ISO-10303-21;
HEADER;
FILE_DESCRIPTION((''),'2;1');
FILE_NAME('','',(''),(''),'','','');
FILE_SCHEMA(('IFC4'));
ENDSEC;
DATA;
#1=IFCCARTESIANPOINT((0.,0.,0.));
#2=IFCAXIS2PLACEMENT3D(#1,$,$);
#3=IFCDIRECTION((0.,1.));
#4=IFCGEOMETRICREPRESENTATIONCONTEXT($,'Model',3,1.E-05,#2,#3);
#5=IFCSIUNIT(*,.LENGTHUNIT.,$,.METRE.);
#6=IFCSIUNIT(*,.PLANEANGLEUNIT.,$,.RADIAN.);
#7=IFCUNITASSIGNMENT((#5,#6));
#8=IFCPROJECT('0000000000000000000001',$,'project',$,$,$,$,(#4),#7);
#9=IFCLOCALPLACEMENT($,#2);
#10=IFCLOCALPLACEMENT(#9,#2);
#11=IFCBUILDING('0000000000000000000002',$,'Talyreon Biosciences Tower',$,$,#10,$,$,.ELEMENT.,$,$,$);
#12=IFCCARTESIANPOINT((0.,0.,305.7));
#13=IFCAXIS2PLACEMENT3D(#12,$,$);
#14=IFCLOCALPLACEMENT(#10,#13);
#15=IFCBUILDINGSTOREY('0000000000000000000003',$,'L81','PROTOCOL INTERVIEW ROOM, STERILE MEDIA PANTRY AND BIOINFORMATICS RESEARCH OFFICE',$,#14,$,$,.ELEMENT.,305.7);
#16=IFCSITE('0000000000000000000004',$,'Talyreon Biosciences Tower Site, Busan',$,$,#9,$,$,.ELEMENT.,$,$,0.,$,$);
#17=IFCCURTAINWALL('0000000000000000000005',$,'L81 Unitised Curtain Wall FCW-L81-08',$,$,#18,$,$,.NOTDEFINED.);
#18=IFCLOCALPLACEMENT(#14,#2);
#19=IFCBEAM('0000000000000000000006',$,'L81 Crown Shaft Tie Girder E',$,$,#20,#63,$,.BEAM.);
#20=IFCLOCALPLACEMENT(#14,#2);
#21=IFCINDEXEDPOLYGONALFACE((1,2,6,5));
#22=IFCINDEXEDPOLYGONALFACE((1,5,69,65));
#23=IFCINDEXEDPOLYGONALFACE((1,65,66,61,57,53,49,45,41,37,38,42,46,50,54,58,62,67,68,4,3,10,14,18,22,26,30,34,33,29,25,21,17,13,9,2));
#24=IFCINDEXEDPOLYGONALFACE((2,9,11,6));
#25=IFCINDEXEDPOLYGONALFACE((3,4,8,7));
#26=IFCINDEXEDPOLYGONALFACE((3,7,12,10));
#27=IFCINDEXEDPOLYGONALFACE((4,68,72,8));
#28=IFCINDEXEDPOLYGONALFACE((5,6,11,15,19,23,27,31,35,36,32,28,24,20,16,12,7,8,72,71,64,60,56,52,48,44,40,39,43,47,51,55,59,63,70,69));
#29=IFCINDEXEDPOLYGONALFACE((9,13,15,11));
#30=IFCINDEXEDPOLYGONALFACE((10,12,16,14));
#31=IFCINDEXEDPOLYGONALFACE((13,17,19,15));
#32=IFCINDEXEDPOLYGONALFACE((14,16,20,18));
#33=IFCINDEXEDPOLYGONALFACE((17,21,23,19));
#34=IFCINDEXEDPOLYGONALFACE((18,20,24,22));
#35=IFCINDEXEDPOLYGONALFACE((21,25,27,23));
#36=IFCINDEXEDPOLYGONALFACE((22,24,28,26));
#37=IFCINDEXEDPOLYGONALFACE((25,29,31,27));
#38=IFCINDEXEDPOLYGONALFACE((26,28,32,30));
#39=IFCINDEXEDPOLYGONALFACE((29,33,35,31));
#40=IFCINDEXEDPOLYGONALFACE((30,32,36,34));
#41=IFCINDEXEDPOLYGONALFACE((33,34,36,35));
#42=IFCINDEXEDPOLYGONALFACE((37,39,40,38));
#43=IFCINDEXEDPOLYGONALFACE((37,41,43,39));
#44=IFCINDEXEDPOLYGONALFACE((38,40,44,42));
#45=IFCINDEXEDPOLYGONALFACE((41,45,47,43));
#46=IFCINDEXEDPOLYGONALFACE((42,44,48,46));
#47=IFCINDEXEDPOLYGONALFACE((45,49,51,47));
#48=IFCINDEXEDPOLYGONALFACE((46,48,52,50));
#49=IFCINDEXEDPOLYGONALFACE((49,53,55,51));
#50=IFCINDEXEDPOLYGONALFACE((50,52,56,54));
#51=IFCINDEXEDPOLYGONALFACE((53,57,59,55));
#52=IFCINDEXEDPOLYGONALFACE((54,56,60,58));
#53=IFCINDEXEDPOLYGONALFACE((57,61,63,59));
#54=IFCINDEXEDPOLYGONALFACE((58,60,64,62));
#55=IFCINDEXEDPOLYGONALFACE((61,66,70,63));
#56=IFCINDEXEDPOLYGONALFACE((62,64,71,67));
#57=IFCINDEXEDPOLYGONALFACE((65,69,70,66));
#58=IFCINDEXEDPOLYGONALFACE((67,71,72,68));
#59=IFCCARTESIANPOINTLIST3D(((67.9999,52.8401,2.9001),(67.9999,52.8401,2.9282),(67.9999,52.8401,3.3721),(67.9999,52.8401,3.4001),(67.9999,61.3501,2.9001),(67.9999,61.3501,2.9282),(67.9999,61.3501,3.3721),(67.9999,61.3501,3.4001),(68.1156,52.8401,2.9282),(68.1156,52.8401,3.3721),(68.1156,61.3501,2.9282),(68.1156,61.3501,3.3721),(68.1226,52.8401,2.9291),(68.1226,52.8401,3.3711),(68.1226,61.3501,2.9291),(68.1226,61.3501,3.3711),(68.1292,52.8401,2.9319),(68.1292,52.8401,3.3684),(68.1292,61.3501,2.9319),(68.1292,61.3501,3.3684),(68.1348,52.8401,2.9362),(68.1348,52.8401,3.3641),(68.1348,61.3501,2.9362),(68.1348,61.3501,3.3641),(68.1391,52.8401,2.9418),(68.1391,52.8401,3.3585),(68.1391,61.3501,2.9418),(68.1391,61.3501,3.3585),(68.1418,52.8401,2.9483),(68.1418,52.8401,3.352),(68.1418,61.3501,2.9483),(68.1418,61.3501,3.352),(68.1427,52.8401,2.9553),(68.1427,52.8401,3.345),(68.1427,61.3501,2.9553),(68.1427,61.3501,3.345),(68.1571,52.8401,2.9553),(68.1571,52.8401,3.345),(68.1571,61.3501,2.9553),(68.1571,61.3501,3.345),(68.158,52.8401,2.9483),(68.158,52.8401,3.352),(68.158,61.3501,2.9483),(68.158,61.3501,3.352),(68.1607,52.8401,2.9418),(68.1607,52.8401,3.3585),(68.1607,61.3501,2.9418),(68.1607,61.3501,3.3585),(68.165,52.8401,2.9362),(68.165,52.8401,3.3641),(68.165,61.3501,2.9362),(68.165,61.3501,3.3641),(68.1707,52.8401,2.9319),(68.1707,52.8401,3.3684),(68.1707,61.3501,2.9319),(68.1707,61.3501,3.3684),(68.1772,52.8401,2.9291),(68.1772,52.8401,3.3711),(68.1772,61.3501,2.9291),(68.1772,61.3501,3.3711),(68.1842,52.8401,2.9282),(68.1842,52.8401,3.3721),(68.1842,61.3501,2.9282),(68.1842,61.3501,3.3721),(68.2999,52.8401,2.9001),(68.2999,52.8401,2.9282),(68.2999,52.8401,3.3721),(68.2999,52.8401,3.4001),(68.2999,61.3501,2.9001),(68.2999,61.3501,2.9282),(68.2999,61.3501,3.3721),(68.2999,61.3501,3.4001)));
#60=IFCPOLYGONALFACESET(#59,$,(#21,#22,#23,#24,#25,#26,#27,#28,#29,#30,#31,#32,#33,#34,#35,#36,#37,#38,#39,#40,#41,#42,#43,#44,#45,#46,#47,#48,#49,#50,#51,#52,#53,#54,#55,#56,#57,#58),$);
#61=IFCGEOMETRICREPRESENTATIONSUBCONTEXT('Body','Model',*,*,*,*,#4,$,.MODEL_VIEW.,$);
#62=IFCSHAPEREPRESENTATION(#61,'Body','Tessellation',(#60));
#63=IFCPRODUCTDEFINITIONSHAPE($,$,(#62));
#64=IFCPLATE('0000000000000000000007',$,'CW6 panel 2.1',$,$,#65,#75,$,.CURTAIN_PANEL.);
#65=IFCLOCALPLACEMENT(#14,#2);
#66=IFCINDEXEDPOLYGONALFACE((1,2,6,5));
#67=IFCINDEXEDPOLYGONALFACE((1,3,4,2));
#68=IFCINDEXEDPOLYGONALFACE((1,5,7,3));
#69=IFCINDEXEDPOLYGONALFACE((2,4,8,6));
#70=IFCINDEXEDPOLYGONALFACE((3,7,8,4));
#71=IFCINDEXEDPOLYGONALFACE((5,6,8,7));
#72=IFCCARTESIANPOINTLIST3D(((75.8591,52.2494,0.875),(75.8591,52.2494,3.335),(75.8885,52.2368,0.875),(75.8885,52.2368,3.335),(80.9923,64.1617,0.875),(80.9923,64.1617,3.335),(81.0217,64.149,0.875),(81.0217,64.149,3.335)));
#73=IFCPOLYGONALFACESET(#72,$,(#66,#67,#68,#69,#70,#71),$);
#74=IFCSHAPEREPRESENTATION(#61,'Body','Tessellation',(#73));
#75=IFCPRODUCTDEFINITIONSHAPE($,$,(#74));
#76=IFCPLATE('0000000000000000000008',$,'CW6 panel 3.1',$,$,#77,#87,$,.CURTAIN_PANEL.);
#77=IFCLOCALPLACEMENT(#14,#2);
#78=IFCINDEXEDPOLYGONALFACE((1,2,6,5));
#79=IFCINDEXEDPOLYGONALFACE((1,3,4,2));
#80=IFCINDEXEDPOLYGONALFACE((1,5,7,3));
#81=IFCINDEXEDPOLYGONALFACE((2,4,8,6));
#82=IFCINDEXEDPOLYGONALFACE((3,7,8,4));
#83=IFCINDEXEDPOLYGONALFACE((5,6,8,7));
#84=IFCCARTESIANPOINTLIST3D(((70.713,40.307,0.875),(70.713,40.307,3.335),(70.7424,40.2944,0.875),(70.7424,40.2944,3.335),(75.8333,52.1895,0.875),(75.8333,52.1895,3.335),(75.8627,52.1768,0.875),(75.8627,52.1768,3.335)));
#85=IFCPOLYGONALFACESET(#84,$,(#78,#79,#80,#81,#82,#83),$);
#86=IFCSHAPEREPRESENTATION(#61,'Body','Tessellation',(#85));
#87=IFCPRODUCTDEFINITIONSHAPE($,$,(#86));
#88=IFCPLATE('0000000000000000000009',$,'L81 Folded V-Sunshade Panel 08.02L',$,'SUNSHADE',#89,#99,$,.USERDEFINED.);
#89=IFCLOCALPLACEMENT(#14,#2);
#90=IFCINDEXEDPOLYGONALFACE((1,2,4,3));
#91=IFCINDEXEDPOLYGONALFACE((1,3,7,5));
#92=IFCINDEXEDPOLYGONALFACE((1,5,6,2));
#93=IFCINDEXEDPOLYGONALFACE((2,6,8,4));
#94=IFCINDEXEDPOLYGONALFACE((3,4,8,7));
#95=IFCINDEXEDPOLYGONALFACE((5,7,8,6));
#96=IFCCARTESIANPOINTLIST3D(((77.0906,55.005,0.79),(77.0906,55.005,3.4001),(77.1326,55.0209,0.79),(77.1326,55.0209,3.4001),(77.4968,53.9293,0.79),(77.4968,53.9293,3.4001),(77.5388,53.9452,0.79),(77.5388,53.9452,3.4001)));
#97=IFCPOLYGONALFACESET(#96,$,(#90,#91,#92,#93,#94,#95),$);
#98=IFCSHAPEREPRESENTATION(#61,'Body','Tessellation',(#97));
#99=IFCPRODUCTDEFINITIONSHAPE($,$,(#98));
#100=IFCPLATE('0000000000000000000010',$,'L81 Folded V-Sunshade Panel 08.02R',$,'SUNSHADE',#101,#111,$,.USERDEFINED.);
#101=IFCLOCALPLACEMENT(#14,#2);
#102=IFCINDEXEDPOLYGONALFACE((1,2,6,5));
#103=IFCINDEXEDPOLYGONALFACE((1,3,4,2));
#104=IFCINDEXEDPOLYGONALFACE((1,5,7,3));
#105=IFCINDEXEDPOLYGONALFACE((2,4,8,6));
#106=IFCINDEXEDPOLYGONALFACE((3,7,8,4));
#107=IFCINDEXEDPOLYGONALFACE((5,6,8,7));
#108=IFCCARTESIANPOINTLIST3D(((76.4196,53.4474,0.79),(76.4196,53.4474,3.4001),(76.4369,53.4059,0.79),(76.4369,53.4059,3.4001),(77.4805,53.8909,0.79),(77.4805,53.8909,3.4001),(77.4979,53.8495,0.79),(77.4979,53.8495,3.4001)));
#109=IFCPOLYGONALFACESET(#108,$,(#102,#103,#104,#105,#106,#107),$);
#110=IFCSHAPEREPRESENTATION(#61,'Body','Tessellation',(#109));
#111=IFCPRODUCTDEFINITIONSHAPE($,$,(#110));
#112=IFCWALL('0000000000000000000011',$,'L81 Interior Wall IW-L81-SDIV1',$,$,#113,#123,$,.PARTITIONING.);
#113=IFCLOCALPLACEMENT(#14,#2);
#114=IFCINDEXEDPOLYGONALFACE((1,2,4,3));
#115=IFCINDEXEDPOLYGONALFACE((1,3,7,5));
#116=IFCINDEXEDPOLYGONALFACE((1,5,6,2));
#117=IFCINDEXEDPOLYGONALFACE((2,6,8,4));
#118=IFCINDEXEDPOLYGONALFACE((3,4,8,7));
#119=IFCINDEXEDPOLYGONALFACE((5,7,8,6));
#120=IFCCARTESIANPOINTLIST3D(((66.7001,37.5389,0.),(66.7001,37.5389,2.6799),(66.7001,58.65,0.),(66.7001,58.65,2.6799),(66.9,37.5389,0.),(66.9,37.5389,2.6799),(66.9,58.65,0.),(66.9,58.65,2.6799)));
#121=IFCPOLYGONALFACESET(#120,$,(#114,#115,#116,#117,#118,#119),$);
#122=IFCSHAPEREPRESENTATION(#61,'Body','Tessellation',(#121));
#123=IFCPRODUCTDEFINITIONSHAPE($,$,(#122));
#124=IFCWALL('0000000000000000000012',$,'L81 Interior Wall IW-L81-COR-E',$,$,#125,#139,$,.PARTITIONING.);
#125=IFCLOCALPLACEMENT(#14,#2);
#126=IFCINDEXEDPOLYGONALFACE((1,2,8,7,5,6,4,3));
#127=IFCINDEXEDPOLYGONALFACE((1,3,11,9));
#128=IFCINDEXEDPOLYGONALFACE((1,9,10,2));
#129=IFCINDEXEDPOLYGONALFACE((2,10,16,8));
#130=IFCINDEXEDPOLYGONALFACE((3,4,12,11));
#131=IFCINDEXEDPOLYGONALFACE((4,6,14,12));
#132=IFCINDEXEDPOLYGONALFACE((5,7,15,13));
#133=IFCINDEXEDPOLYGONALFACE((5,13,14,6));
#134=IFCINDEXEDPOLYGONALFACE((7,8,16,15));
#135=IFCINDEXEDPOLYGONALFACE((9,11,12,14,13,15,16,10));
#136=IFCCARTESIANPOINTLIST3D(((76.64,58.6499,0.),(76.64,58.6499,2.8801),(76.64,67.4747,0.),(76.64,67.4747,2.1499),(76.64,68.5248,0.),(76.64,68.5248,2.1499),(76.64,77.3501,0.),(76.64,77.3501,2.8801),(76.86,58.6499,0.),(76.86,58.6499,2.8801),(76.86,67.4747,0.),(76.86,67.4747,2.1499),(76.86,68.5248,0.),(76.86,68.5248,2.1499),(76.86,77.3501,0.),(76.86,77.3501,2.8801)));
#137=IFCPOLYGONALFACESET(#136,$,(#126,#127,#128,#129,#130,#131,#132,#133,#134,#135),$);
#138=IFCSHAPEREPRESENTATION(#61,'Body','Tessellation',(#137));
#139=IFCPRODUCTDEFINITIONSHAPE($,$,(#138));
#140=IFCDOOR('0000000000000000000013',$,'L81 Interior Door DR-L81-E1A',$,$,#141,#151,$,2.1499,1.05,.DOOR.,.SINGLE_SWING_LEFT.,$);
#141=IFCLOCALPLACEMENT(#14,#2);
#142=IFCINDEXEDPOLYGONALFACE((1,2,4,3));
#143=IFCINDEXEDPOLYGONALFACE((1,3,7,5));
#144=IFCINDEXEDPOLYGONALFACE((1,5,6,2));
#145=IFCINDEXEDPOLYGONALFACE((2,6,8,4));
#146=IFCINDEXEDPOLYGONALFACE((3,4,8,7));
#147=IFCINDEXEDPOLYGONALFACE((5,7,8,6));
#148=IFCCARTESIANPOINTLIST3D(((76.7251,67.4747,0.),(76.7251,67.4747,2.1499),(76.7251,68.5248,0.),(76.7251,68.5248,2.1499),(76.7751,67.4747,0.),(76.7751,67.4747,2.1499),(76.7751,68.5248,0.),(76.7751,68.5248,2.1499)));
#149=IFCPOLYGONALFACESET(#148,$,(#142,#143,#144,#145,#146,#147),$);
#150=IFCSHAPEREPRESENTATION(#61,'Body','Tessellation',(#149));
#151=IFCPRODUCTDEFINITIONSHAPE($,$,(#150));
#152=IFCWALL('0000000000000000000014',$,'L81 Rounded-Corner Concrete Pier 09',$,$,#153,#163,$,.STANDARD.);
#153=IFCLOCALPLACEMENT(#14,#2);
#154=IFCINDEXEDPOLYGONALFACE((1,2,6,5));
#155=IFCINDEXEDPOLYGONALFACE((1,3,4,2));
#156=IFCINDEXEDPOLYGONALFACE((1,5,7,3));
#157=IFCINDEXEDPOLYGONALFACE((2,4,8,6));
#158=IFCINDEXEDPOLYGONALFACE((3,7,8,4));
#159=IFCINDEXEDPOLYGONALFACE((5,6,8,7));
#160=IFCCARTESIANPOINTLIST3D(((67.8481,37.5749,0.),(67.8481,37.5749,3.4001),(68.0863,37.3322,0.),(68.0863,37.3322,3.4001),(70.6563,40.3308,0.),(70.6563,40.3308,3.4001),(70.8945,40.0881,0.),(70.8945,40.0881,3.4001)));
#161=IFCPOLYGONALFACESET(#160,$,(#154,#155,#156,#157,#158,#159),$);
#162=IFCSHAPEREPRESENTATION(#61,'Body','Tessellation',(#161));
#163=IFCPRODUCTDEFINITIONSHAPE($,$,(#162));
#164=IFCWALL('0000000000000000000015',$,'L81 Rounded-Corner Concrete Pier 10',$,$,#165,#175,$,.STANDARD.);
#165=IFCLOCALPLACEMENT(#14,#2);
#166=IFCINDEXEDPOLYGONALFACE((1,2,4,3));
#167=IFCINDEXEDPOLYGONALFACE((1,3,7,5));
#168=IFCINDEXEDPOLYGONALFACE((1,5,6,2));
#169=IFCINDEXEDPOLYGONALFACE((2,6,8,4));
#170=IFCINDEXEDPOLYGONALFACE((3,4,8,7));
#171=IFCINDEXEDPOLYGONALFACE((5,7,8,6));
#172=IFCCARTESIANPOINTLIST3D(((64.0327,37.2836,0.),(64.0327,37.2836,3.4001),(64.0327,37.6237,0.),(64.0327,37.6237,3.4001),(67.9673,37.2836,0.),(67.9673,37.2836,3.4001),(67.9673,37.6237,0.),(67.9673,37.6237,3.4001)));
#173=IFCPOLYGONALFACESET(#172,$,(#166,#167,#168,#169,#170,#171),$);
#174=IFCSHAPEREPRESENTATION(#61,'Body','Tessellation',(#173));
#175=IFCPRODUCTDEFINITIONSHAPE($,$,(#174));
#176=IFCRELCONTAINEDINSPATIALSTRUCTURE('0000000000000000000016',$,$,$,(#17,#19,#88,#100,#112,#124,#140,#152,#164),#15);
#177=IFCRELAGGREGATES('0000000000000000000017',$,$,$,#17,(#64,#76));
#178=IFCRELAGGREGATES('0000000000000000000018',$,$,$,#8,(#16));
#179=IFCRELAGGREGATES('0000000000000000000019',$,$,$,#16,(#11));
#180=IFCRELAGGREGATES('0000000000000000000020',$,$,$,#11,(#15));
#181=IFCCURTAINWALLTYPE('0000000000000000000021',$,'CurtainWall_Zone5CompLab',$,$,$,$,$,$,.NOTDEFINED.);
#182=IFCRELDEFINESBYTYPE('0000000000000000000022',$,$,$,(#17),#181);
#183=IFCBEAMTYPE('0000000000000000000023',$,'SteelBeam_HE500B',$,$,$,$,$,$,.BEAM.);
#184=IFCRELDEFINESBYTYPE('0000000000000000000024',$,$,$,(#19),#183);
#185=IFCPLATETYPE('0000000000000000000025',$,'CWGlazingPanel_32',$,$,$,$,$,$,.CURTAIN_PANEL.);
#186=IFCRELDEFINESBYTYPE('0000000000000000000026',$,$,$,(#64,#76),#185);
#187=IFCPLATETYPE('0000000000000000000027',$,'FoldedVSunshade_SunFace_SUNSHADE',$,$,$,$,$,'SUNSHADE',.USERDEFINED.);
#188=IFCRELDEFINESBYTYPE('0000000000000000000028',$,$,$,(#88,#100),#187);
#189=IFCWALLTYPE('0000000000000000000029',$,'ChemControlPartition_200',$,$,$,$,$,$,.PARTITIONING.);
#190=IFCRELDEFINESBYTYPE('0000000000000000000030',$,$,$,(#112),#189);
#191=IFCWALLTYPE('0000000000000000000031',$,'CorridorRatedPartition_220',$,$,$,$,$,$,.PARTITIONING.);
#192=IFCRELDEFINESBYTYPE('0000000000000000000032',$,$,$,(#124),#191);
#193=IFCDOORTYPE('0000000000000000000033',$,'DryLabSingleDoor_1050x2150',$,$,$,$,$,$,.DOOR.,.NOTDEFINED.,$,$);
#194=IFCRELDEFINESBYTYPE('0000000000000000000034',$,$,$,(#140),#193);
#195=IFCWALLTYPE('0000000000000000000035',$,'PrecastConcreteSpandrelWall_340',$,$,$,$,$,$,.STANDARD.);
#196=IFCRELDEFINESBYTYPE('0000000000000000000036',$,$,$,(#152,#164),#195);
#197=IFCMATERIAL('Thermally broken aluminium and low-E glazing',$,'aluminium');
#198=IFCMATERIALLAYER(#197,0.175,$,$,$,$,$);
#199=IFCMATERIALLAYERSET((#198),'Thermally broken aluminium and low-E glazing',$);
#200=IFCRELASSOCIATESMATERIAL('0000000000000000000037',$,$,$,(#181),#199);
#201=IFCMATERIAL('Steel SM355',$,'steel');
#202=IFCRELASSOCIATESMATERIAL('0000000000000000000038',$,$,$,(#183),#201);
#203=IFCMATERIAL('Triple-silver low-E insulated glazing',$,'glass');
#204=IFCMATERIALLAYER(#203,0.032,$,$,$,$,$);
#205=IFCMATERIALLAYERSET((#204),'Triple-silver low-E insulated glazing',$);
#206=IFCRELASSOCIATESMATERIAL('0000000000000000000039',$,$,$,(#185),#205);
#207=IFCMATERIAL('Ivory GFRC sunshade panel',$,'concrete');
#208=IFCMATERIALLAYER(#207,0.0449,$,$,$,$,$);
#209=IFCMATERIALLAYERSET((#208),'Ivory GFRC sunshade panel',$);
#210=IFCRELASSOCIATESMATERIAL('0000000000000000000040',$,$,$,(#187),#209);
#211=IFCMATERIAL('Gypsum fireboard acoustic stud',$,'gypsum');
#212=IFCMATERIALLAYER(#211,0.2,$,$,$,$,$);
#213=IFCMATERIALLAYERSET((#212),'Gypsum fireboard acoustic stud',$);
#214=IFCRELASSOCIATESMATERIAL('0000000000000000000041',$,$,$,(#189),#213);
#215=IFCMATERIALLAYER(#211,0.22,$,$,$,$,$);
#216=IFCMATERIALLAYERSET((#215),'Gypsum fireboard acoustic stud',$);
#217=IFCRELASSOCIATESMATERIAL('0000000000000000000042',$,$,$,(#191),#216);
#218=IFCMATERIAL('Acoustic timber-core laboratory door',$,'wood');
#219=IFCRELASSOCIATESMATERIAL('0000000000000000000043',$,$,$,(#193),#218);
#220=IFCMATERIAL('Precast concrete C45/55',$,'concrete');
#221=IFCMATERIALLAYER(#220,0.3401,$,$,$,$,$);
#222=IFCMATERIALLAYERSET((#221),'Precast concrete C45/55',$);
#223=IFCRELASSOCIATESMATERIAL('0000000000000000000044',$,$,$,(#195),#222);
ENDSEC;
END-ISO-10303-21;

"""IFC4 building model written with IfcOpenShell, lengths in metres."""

from ifc_helpers import new_model, si_unit, direction, frame, frame_2d, origin, origin_2d, place, context, subcontext, project, spatial, rectangle, i_section, extrude, material, layer, layer_set, material_profile, profile_set, type_object, element, fill, aggregate, save


model = new_model("IFC4")

# Units and contexts
model_context = context("Model", 3, precision=1e-05, world=origin(), true_north=direction((0.0, 1.0)))
body_context = subcontext(model_context, "Body", "Model", "MODEL_VIEW")
ifc_project = project(units=[si_unit("LENGTHUNIT", "METRE"), si_unit("PLANEANGLEUNIT", "RADIAN")], contexts=[model_context])

# Site, building, storey
site_placement = place(None, origin())
site = spatial("IfcSite", under=ifc_project, at=site_placement, Name="Talyreon Biosciences Tower Site, Busan", CompositionType="ELEMENT", RefElevation=0.0)
building_placement = place(site_placement, origin())
building = spatial("IfcBuilding", under=site, at=building_placement, Name="Talyreon Biosciences Tower", CompositionType="ELEMENT")
storey_placement = place(building_placement, frame((0.0, 0.0, 305.7)))
storey = spatial("IfcBuildingStorey", under=building, at=storey_placement, Name="L81", Description="PROTOCOL INTERVIEW ROOM, STERILE MEDIA PANTRY AND BIOINFORMATICS RESEARCH OFFICE", CompositionType="ELEMENT", Elevation=305.7)

# Shared definitions
ifc_material_1 = material(Name="Precast concrete C45/55", Category="concrete")

# Curtain wall
ifc_material_2 = material(Name="Thermally broken aluminium and low-E glazing", Category="aluminium")
ifc_layer_1 = layer(ifc_material_2, 0.175)
ifc_layer_set_1 = layer_set([ifc_layer_1], Name="Thermally broken aluminium and low-E glazing")
curtain_wall_type = type_object("IfcCurtainWallType", Name="CurtainWall_Zone5CompLab", PredefinedType="NOTDEFINED", material=ifc_layer_set_1)
curtain_wall_placement = place(storey_placement, origin())
curtain_wall = element("IfcCurtainWall", 1, at=curtain_wall_placement, inside=storey, type_object=curtain_wall_type, Name="L81 Unitised Curtain Wall FCW-L81-08", PredefinedType="NOTDEFINED")

# Beam
ifc_material_3 = material(Name="Steel SM355", Category="steel")
ifc_material_profile_1 = material_profile(ifc_material_3, i_section(OverallWidth=0.3, OverallDepth=0.5, WebThickness=0.0144, FlangeThickness=0.0281, FilletRadius=0.0271, at=origin_2d()), Name="HE500B")
ifc_profile_set_1 = profile_set([ifc_material_profile_1], Name="Steel SM355")
beam_type_1 = type_object("IfcBeamType", Name="SteelBeam_HE500B", PredefinedType="BEAM", material=ifc_profile_set_1)
beam_1_placement = place(storey_placement, frame((68.1499, 52.8401, 3.1501), z_axis=(0.0, 1.0, 0.0), x_axis=(-1.0, 0.0, 0.0)))
element("IfcBeam", 2, at=beam_1_placement, inside=storey, type_object=beam_type_1, Name="L81 Crown Shaft Tie Girder E", PredefinedType="BEAM", context=body_context, shape_type="SweptSolid", body=[
    extrude(i_section(OverallWidth=0.3, OverallDepth=0.5, WebThickness=0.0144, FlangeThickness=0.0281, FilletRadius=0.0271, at=origin_2d()), origin(), (0.0, 0.0, 1.0), 8.51),
])

# Plates
ifc_material_4 = material(Name="Triple-silver low-E insulated glazing", Category="glass")
ifc_layer_2 = layer(ifc_material_4, 0.032)
ifc_layer_set_2 = layer_set([ifc_layer_2], Name="Triple-silver low-E insulated glazing")
plate_type_1 = type_object("IfcPlateType", Name="CWGlazingPanel_32", PredefinedType="CURTAIN_PANEL", material=ifc_layer_set_2)
plate_1_placement = place(storey_placement, frame((78.4404, 58.1992, 0.875), z_axis=(0.0, 0.0, 1.0), x_axis=(-0.395738, -0.918363, 0.0)))
plate_1 = element("IfcPlate", 3, at=plate_1_placement, type_object=plate_type_1, Name="CW6 panel 2.1", PredefinedType="CURTAIN_PANEL", context=body_context, shape_type="SweptSolid", body=[
    extrude(rectangle(XDim=12.9712, YDim=0.032, at=origin_2d()), origin(), (0.0, 0.0, 1.0), 2.46),
])
plate_2_placement = place(storey_placement, frame((73.2878, 46.2419, 0.875), z_axis=(0.0, 0.0, 1.0), x_axis=(-0.395738, -0.918363, 0.0)))
plate_2 = element("IfcPlate", 4, at=plate_2_placement, type_object=plate_type_1, Name="CW6 panel 3.1", PredefinedType="CURTAIN_PANEL", context=body_context, shape_type="SweptSolid", body=[
    extrude(rectangle(XDim=12.9387, YDim=0.032, at=origin_2d()), origin(), (0.0, 0.0, 1.0), 2.46),
])
aggregate(curtain_wall, [plate_1, plate_2])

# Plates
ifc_material_5 = material(Name="Ivory GFRC sunshade panel", Category="concrete")
ifc_layer_3 = layer(ifc_material_5, 0.0449)
ifc_layer_set_3 = layer_set([ifc_layer_3], Name="Ivory GFRC sunshade panel")
plate_type_2 = type_object("IfcPlateType", Name="FoldedVSunshade_SunFace_SUNSHADE", ElementType="SUNSHADE", PredefinedType="USERDEFINED", material=ifc_layer_set_3)
for number, where, z_axis, x_axis, name in (
    (5, (77.3147, 54.4751, 0.79), (0.0, 0.0, 1.0), (0.353279, -0.935518, 0.0), "L81 Folded V-Sunshade Panel 08.02L"),
    (6, (76.9587, 53.6484, 0.79), (0.0, 0.0, 1.0), (-0.922619, -0.385713, 0.0), "L81 Folded V-Sunshade Panel 08.02R"),
):
    element("IfcPlate", number, at=place(storey_placement, frame(where, z_axis=z_axis, x_axis=x_axis)), inside=storey, type_object=plate_type_2, Name=name, ObjectType="SUNSHADE", PredefinedType="USERDEFINED", context=body_context, shape_type="SweptSolid", body=[
        extrude(rectangle(XDim=1.1499, YDim=0.0449, at=origin_2d()), origin(), (0.0, 0.0, 1.0), 2.6101),
    ])

# Wall
ifc_material_6 = material(Name="Gypsum fireboard acoustic stud", Category="gypsum")
ifc_layer_4 = layer(ifc_material_6, 0.2)
ifc_layer_set_4 = layer_set([ifc_layer_4], Name="Gypsum fireboard acoustic stud")
wall_type_1 = type_object("IfcWallType", Name="ChemControlPartition_200", PredefinedType="PARTITIONING", material=ifc_layer_set_4)
wall_1_placement = place(storey_placement, frame((66.8, 37.5388, 0.0), z_axis=(0.0, 0.0, 1.0), x_axis=(0.0, 1.0, 0.0)))
element("IfcWall", 7, at=wall_1_placement, inside=storey, type_object=wall_type_1, Name="L81 Interior Wall IW-L81-SDIV1", PredefinedType="PARTITIONING", context=body_context, shape_type="SweptSolid", body=[
    extrude(rectangle(XDim=21.1111, YDim=0.2, at=frame_2d((10.5557, 0.0))), origin(), (0.0, 0.0, 1.0), 2.6799),
])

# Wall, opening, door
ifc_layer_5 = layer(ifc_material_6, 0.22)
ifc_layer_set_5 = layer_set([ifc_layer_5], Name="Gypsum fireboard acoustic stud")
wall_type_2 = type_object("IfcWallType", Name="CorridorRatedPartition_220", PredefinedType="PARTITIONING", material=ifc_layer_set_5)
wall_2_placement = place(storey_placement, frame((76.75, 58.6499, 0.0), z_axis=(0.0, 0.0, 1.0), x_axis=(0.0, 1.0, 0.0)))
wall_2 = element("IfcWall", 8, at=wall_2_placement, inside=storey, type_object=wall_type_2, Name="L81 Interior Wall IW-L81-COR-E", PredefinedType="PARTITIONING", context=body_context, shape_type="SweptSolid", body=[
    extrude(rectangle(XDim=18.7002, YDim=0.22, at=frame_2d((9.3501, 0.0))), origin(), (0.0, 0.0, 1.0), 2.8801),
])
opening_placement = place(wall_2_placement, frame((8.825, 0.0, 0.0)))
opening = element("IfcOpeningElement", 9, at=opening_placement, cuts=wall_2, PredefinedType="OPENING", context=body_context, shape_type="SweptSolid", body=[
    extrude(rectangle(XDim=1.05, YDim=2.1499, at=frame_2d((0.5249, 1.075))), frame((0.0, 0.1199, 0.0), z_axis=(0.0, -1.0, 0.0), x_axis=(1.0, 0.0, 0.0)), (0.0, 0.0, 1.0), 0.24),
])
ifc_material_7 = material(Name="Acoustic timber-core laboratory door", Category="wood")
door_type = type_object("IfcDoorType", Name="DryLabSingleDoor_1050x2150", OperationType="NOTDEFINED", PredefinedType="DOOR", material=ifc_material_7)
door_placement = place(opening_placement, origin())
door = element("IfcDoor", 10, at=door_placement, inside=storey, type_object=door_type, Name="L81 Interior Door DR-L81-E1A", OperationType="SINGLE_SWING_LEFT", OverallHeight=2.1499, OverallWidth=1.05, PredefinedType="DOOR", context=body_context, shape_type="SweptSolid", body=[
    extrude(rectangle(XDim=1.05, YDim=2.1499, at=frame_2d((0.5249, 1.075))), frame((0.0, 0.0249, 0.0), z_axis=(0.0, -1.0, 0.0), x_axis=(1.0, 0.0, 0.0)), (0.0, 0.0, 1.0), 0.05),
])
fill(opening, door)

# Walls
ifc_layer_6 = layer(ifc_material_1, 0.3401)
ifc_layer_set_6 = layer_set([ifc_layer_6], Name="Precast concrete C45/55")
wall_type_3 = type_object("IfcWallType", Name="PrecastConcreteSpandrelWall_340", PredefinedType="STANDARD", material=ifc_layer_set_6)
for number, where, z_axis, x_axis, name in (
    (11, (70.7754, 40.2095, 0.0), (0.0, 0.0, 1.0), (-0.713715, -0.700436, 0.0), "L81 Rounded-Corner Concrete Pier 09"),
    (12, (67.9673, 37.4536, 0.0), (0.0, 0.0, 1.0), (-1.0, 0.0, 0.0), "L81 Rounded-Corner Concrete Pier 10"),
):
    element("IfcWall", number, at=place(storey_placement, frame(where, z_axis=z_axis, x_axis=x_axis)), inside=storey, type_object=wall_type_3, Name=name, PredefinedType="STANDARD", context=body_context, shape_type="SweptSolid", body=[
        extrude(rectangle(XDim=3.9346, YDim=0.3401, at=frame_2d((1.9673, 0.0))), origin(), (0.0, 0.0, 1.0), 3.4001),
    ])

save(model, "model.ifc")
